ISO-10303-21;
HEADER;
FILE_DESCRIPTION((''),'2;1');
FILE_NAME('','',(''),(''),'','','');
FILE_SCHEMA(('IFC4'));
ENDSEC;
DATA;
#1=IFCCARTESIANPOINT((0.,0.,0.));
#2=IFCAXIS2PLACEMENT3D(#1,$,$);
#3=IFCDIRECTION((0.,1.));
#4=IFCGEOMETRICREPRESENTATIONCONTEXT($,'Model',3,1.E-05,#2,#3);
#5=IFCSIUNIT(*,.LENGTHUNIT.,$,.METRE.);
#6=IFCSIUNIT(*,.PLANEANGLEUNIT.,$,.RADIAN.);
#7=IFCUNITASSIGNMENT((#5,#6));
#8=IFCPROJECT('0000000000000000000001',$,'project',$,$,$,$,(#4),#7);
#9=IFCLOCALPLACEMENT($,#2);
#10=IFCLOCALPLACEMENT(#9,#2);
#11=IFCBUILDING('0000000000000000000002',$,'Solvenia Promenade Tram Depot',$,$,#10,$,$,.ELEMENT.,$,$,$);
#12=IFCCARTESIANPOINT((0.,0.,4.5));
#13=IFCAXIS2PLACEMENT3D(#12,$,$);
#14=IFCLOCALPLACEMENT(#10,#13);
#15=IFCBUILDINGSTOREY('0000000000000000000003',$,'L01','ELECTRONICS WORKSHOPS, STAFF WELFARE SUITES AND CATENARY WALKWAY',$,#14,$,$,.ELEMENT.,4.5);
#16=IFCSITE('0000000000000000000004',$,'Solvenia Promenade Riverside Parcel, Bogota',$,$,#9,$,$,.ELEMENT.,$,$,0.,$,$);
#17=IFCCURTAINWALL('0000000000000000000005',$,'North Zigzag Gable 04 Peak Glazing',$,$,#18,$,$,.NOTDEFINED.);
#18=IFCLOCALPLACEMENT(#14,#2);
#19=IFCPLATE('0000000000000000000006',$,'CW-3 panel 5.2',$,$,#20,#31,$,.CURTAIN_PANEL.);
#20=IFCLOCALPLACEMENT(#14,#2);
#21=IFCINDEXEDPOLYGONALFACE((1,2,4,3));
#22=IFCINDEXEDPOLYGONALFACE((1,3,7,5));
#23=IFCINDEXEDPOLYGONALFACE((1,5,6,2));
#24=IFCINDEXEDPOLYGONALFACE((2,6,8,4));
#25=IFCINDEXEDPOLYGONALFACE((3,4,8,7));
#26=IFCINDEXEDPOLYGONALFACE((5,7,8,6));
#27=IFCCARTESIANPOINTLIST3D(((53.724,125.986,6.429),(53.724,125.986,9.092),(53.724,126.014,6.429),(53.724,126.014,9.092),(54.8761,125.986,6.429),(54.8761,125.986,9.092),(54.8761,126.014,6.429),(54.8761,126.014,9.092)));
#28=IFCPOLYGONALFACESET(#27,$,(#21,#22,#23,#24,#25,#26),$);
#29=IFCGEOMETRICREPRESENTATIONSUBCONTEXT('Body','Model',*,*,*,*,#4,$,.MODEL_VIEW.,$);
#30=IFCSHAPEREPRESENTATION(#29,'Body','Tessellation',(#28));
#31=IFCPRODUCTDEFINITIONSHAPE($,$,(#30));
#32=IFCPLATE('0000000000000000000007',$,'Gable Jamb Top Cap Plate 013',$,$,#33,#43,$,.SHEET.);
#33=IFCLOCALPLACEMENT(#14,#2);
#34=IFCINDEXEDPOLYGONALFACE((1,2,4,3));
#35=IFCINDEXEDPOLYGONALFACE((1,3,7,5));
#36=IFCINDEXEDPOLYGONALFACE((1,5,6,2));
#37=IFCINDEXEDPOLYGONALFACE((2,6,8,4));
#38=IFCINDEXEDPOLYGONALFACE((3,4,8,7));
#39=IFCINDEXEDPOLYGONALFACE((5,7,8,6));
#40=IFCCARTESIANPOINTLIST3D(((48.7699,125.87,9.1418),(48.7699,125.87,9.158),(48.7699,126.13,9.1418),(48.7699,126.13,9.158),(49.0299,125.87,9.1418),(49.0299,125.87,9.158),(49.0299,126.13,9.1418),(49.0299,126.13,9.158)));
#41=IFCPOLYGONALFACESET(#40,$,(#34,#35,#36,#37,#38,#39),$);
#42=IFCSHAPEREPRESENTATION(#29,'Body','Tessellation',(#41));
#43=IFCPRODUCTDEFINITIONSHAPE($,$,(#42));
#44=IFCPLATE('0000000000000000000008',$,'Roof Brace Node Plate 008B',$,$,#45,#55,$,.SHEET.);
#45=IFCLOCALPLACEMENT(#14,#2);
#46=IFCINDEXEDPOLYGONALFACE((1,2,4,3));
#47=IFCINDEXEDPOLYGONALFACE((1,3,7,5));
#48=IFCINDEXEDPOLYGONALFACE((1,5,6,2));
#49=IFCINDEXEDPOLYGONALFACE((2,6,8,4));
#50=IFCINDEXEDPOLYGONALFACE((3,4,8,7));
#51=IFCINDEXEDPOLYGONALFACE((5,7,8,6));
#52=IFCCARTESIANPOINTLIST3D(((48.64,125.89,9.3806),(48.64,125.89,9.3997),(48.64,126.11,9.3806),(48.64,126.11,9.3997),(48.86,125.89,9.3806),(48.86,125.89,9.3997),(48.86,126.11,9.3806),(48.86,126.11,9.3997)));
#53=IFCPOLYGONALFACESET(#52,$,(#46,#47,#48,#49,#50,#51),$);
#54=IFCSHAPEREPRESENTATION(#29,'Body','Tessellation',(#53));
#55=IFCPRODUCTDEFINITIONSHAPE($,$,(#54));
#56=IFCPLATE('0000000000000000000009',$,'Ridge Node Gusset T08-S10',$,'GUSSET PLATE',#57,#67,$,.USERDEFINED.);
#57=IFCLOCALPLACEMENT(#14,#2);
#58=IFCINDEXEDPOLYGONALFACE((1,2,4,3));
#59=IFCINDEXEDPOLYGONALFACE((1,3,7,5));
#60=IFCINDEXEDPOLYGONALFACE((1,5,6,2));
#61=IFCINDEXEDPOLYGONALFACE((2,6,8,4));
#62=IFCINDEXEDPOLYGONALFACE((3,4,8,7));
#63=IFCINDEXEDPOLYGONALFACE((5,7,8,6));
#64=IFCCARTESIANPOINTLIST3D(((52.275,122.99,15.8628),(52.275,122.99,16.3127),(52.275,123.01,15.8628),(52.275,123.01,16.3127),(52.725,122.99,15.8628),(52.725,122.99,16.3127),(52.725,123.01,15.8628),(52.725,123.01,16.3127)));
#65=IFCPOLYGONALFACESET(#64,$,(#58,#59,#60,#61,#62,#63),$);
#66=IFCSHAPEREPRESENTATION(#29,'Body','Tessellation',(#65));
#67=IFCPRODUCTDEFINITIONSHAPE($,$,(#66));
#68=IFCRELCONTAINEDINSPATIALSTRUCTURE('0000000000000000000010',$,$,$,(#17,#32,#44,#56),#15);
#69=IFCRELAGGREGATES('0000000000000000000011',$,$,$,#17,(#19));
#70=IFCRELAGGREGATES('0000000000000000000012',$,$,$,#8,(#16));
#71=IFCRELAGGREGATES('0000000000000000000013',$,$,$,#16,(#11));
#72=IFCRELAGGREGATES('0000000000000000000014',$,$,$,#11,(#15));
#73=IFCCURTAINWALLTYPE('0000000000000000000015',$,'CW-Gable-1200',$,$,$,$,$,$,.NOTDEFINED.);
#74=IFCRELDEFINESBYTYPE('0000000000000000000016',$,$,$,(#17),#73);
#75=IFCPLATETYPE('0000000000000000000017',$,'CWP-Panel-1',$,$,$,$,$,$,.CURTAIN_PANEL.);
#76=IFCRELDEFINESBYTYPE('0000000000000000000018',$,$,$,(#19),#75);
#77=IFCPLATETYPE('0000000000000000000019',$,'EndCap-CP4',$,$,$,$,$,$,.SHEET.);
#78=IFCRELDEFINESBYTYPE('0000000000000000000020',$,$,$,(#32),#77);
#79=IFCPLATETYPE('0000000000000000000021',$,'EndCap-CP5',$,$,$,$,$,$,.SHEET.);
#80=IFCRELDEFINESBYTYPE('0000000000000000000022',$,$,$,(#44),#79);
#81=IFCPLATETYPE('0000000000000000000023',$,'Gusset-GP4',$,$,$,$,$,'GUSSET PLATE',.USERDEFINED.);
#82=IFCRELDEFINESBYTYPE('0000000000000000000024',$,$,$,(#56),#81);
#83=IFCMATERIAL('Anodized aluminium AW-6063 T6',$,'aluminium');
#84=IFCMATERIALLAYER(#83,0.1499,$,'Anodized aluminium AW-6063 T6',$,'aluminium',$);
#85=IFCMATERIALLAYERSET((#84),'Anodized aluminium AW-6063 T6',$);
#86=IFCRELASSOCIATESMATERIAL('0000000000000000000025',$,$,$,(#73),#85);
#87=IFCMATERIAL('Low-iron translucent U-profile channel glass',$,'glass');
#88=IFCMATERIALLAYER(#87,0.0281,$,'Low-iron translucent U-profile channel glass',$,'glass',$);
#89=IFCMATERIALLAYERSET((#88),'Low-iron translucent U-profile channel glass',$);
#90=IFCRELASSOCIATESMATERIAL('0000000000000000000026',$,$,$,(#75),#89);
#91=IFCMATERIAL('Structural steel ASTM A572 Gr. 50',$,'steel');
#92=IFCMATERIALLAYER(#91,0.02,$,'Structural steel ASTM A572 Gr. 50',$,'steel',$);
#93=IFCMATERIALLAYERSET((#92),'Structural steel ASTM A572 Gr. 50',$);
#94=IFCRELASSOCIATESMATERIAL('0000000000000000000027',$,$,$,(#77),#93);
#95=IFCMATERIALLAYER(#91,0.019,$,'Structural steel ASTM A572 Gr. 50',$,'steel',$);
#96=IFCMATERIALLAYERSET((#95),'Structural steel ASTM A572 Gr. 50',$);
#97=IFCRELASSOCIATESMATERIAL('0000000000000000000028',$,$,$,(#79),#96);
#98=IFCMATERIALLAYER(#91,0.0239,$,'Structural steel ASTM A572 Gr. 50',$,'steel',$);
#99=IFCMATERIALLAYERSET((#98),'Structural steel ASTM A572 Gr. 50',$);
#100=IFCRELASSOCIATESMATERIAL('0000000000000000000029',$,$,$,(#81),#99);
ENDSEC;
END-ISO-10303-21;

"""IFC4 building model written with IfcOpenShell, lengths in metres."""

from ifc_helpers import new_model, si_unit, direction, frame, origin, origin_2d, place, context, subcontext, project, spatial, rectangle, extrude, material, layer, layer_set, type_object, element, aggregate, save


model = new_model("IFC4")

# Units and contexts
model_context = context("Model", 3, precision=1e-05, world=origin(), true_north=direction((0.0, 1.0)))
body_context = subcontext(model_context, "Body", "Model", "MODEL_VIEW")
ifc_project = project(units=[si_unit("LENGTHUNIT", "METRE"), si_unit("PLANEANGLEUNIT", "RADIAN")], contexts=[model_context])

# Site, building, storey
site_placement = place(None, origin())
site = spatial("IfcSite", under=ifc_project, at=site_placement, Name="Solvenia Promenade Riverside Parcel, Bogota", CompositionType="ELEMENT", RefElevation=0.0)
building_placement = place(site_placement, origin())
building = spatial("IfcBuilding", under=site, at=building_placement, Name="Solvenia Promenade Tram Depot", CompositionType="ELEMENT")
storey_placement = place(building_placement, frame((0.0, 0.0, 4.5)))
storey = spatial("IfcBuildingStorey", under=building, at=storey_placement, Name="L01", Description="ELECTRONICS WORKSHOPS, STAFF WELFARE SUITES AND CATENARY WALKWAY", CompositionType="ELEMENT", Elevation=4.5)

# Curtain wall
ifc_material_1 = material(Name="Anodized aluminium AW-6063 T6", Category="aluminium")
ifc_layer_1 = layer(ifc_material_1, 0.1499, Name="Anodized aluminium AW-6063 T6", Category="aluminium")
ifc_layer_set_1 = layer_set([ifc_layer_1], Name="Anodized aluminium AW-6063 T6")
curtain_wall_type = type_object("IfcCurtainWallType", Name="CW-Gable-1200", PredefinedType="NOTDEFINED", material=ifc_layer_set_1)
curtain_wall_placement = place(storey_placement, origin())
curtain_wall = element("IfcCurtainWall", 1, at=curtain_wall_placement, inside=storey, type_object=curtain_wall_type, Name="North Zigzag Gable 04 Peak Glazing", PredefinedType="NOTDEFINED")

# Plate
ifc_material_2 = material(Name="Low-iron translucent U-profile channel glass", Category="glass")
ifc_layer_2 = layer(ifc_material_2, 0.0281, Name="Low-iron translucent U-profile channel glass", Category="glass")
ifc_layer_set_2 = layer_set([ifc_layer_2], Name="Low-iron translucent U-profile channel glass")
plate_type_1 = type_object("IfcPlateType", Name="CWP-Panel-1", PredefinedType="CURTAIN_PANEL", material=ifc_layer_set_2)
plate_1_placement = place(storey_placement, frame((54.3, 126.0, 6.429), z_axis=(0.0, 0.0, 1.0), x_axis=(1.0, 0.0, 0.0)))
plate_1 = element("IfcPlate", 2, at=plate_1_placement, type_object=plate_type_1, Name="CW-3 panel 5.2", PredefinedType="CURTAIN_PANEL", context=body_context, shape_type="SweptSolid", body=[
    extrude(rectangle(XDim=1.1521, YDim=0.0281, at=origin_2d()), origin(), (0.0, 0.0, 1.0), 2.6631),
])
aggregate(curtain_wall, [plate_1])

# Plates
ifc_material_3 = material(Name="Structural steel ASTM A572 Gr. 50", Category="steel")
ifc_layer_3 = layer(ifc_material_3, 0.02, Name="Structural steel ASTM A572 Gr. 50", Category="steel")
ifc_layer_set_3 = layer_set([ifc_layer_3], Name="Structural steel ASTM A572 Gr. 50")
plate_type_2 = type_object("IfcPlateType", Name="EndCap-CP4", PredefinedType="SHEET", material=ifc_layer_set_3)
plate_2_placement = place(storey_placement, frame((48.8999, 126.0, 9.1418), z_axis=(0.0, 0.0, 1.0), x_axis=(1.0, 0.0, 0.0)))
element("IfcPlate", 3, at=plate_2_placement, inside=storey, type_object=plate_type_2, Name="Gable Jamb Top Cap Plate 013", PredefinedType="SHEET", context=body_context, shape_type="SweptSolid", body=[
    extrude(rectangle(XDim=0.26, YDim=0.26, at=origin_2d()), origin(), (0.0, 0.0, 1.0), 0.0161),
])
ifc_layer_4 = layer(ifc_material_3, 0.019, Name="Structural steel ASTM A572 Gr. 50", Category="steel")
ifc_layer_set_4 = layer_set([ifc_layer_4], Name="Structural steel ASTM A572 Gr. 50")
plate_type_3 = type_object("IfcPlateType", Name="EndCap-CP5", PredefinedType="SHEET", material=ifc_layer_set_4)
plate_3_placement = place(storey_placement, frame((48.75, 126.0, 9.3806), z_axis=(0.0, 0.0, 1.0), x_axis=(1.0, 0.0, 0.0)))
element("IfcPlate", 4, at=plate_3_placement, inside=storey, type_object=plate_type_3, Name="Roof Brace Node Plate 008B", PredefinedType="SHEET", context=body_context, shape_type="SweptSolid", body=[
    extrude(rectangle(XDim=0.22, YDim=0.22, at=origin_2d()), origin(), (0.0, 0.0, 1.0), 0.019),
])
ifc_layer_5 = layer(ifc_material_3, 0.0239, Name="Structural steel ASTM A572 Gr. 50", Category="steel")
ifc_layer_set_5 = layer_set([ifc_layer_5], Name="Structural steel ASTM A572 Gr. 50")
plate_type_4 = type_object("IfcPlateType", Name="Gusset-GP4", ElementType="GUSSET PLATE", PredefinedType="USERDEFINED", material=ifc_layer_set_5)
plate_4_placement = place(storey_placement, frame((52.5, 123.0, 15.8628), z_axis=(0.0, 0.0, 1.0), x_axis=(1.0, 0.0, 0.0)))
element("IfcPlate", 5, at=plate_4_placement, inside=storey, type_object=plate_type_4, Name="Ridge Node Gusset T08-S10", ObjectType="GUSSET PLATE", PredefinedType="USERDEFINED", context=body_context, shape_type="SweptSolid", body=[
    extrude(rectangle(XDim=0.45, YDim=0.02, at=origin_2d()), origin(), (0.0, 0.0, 1.0), 0.45),
])

save(model, "model.ifc")
